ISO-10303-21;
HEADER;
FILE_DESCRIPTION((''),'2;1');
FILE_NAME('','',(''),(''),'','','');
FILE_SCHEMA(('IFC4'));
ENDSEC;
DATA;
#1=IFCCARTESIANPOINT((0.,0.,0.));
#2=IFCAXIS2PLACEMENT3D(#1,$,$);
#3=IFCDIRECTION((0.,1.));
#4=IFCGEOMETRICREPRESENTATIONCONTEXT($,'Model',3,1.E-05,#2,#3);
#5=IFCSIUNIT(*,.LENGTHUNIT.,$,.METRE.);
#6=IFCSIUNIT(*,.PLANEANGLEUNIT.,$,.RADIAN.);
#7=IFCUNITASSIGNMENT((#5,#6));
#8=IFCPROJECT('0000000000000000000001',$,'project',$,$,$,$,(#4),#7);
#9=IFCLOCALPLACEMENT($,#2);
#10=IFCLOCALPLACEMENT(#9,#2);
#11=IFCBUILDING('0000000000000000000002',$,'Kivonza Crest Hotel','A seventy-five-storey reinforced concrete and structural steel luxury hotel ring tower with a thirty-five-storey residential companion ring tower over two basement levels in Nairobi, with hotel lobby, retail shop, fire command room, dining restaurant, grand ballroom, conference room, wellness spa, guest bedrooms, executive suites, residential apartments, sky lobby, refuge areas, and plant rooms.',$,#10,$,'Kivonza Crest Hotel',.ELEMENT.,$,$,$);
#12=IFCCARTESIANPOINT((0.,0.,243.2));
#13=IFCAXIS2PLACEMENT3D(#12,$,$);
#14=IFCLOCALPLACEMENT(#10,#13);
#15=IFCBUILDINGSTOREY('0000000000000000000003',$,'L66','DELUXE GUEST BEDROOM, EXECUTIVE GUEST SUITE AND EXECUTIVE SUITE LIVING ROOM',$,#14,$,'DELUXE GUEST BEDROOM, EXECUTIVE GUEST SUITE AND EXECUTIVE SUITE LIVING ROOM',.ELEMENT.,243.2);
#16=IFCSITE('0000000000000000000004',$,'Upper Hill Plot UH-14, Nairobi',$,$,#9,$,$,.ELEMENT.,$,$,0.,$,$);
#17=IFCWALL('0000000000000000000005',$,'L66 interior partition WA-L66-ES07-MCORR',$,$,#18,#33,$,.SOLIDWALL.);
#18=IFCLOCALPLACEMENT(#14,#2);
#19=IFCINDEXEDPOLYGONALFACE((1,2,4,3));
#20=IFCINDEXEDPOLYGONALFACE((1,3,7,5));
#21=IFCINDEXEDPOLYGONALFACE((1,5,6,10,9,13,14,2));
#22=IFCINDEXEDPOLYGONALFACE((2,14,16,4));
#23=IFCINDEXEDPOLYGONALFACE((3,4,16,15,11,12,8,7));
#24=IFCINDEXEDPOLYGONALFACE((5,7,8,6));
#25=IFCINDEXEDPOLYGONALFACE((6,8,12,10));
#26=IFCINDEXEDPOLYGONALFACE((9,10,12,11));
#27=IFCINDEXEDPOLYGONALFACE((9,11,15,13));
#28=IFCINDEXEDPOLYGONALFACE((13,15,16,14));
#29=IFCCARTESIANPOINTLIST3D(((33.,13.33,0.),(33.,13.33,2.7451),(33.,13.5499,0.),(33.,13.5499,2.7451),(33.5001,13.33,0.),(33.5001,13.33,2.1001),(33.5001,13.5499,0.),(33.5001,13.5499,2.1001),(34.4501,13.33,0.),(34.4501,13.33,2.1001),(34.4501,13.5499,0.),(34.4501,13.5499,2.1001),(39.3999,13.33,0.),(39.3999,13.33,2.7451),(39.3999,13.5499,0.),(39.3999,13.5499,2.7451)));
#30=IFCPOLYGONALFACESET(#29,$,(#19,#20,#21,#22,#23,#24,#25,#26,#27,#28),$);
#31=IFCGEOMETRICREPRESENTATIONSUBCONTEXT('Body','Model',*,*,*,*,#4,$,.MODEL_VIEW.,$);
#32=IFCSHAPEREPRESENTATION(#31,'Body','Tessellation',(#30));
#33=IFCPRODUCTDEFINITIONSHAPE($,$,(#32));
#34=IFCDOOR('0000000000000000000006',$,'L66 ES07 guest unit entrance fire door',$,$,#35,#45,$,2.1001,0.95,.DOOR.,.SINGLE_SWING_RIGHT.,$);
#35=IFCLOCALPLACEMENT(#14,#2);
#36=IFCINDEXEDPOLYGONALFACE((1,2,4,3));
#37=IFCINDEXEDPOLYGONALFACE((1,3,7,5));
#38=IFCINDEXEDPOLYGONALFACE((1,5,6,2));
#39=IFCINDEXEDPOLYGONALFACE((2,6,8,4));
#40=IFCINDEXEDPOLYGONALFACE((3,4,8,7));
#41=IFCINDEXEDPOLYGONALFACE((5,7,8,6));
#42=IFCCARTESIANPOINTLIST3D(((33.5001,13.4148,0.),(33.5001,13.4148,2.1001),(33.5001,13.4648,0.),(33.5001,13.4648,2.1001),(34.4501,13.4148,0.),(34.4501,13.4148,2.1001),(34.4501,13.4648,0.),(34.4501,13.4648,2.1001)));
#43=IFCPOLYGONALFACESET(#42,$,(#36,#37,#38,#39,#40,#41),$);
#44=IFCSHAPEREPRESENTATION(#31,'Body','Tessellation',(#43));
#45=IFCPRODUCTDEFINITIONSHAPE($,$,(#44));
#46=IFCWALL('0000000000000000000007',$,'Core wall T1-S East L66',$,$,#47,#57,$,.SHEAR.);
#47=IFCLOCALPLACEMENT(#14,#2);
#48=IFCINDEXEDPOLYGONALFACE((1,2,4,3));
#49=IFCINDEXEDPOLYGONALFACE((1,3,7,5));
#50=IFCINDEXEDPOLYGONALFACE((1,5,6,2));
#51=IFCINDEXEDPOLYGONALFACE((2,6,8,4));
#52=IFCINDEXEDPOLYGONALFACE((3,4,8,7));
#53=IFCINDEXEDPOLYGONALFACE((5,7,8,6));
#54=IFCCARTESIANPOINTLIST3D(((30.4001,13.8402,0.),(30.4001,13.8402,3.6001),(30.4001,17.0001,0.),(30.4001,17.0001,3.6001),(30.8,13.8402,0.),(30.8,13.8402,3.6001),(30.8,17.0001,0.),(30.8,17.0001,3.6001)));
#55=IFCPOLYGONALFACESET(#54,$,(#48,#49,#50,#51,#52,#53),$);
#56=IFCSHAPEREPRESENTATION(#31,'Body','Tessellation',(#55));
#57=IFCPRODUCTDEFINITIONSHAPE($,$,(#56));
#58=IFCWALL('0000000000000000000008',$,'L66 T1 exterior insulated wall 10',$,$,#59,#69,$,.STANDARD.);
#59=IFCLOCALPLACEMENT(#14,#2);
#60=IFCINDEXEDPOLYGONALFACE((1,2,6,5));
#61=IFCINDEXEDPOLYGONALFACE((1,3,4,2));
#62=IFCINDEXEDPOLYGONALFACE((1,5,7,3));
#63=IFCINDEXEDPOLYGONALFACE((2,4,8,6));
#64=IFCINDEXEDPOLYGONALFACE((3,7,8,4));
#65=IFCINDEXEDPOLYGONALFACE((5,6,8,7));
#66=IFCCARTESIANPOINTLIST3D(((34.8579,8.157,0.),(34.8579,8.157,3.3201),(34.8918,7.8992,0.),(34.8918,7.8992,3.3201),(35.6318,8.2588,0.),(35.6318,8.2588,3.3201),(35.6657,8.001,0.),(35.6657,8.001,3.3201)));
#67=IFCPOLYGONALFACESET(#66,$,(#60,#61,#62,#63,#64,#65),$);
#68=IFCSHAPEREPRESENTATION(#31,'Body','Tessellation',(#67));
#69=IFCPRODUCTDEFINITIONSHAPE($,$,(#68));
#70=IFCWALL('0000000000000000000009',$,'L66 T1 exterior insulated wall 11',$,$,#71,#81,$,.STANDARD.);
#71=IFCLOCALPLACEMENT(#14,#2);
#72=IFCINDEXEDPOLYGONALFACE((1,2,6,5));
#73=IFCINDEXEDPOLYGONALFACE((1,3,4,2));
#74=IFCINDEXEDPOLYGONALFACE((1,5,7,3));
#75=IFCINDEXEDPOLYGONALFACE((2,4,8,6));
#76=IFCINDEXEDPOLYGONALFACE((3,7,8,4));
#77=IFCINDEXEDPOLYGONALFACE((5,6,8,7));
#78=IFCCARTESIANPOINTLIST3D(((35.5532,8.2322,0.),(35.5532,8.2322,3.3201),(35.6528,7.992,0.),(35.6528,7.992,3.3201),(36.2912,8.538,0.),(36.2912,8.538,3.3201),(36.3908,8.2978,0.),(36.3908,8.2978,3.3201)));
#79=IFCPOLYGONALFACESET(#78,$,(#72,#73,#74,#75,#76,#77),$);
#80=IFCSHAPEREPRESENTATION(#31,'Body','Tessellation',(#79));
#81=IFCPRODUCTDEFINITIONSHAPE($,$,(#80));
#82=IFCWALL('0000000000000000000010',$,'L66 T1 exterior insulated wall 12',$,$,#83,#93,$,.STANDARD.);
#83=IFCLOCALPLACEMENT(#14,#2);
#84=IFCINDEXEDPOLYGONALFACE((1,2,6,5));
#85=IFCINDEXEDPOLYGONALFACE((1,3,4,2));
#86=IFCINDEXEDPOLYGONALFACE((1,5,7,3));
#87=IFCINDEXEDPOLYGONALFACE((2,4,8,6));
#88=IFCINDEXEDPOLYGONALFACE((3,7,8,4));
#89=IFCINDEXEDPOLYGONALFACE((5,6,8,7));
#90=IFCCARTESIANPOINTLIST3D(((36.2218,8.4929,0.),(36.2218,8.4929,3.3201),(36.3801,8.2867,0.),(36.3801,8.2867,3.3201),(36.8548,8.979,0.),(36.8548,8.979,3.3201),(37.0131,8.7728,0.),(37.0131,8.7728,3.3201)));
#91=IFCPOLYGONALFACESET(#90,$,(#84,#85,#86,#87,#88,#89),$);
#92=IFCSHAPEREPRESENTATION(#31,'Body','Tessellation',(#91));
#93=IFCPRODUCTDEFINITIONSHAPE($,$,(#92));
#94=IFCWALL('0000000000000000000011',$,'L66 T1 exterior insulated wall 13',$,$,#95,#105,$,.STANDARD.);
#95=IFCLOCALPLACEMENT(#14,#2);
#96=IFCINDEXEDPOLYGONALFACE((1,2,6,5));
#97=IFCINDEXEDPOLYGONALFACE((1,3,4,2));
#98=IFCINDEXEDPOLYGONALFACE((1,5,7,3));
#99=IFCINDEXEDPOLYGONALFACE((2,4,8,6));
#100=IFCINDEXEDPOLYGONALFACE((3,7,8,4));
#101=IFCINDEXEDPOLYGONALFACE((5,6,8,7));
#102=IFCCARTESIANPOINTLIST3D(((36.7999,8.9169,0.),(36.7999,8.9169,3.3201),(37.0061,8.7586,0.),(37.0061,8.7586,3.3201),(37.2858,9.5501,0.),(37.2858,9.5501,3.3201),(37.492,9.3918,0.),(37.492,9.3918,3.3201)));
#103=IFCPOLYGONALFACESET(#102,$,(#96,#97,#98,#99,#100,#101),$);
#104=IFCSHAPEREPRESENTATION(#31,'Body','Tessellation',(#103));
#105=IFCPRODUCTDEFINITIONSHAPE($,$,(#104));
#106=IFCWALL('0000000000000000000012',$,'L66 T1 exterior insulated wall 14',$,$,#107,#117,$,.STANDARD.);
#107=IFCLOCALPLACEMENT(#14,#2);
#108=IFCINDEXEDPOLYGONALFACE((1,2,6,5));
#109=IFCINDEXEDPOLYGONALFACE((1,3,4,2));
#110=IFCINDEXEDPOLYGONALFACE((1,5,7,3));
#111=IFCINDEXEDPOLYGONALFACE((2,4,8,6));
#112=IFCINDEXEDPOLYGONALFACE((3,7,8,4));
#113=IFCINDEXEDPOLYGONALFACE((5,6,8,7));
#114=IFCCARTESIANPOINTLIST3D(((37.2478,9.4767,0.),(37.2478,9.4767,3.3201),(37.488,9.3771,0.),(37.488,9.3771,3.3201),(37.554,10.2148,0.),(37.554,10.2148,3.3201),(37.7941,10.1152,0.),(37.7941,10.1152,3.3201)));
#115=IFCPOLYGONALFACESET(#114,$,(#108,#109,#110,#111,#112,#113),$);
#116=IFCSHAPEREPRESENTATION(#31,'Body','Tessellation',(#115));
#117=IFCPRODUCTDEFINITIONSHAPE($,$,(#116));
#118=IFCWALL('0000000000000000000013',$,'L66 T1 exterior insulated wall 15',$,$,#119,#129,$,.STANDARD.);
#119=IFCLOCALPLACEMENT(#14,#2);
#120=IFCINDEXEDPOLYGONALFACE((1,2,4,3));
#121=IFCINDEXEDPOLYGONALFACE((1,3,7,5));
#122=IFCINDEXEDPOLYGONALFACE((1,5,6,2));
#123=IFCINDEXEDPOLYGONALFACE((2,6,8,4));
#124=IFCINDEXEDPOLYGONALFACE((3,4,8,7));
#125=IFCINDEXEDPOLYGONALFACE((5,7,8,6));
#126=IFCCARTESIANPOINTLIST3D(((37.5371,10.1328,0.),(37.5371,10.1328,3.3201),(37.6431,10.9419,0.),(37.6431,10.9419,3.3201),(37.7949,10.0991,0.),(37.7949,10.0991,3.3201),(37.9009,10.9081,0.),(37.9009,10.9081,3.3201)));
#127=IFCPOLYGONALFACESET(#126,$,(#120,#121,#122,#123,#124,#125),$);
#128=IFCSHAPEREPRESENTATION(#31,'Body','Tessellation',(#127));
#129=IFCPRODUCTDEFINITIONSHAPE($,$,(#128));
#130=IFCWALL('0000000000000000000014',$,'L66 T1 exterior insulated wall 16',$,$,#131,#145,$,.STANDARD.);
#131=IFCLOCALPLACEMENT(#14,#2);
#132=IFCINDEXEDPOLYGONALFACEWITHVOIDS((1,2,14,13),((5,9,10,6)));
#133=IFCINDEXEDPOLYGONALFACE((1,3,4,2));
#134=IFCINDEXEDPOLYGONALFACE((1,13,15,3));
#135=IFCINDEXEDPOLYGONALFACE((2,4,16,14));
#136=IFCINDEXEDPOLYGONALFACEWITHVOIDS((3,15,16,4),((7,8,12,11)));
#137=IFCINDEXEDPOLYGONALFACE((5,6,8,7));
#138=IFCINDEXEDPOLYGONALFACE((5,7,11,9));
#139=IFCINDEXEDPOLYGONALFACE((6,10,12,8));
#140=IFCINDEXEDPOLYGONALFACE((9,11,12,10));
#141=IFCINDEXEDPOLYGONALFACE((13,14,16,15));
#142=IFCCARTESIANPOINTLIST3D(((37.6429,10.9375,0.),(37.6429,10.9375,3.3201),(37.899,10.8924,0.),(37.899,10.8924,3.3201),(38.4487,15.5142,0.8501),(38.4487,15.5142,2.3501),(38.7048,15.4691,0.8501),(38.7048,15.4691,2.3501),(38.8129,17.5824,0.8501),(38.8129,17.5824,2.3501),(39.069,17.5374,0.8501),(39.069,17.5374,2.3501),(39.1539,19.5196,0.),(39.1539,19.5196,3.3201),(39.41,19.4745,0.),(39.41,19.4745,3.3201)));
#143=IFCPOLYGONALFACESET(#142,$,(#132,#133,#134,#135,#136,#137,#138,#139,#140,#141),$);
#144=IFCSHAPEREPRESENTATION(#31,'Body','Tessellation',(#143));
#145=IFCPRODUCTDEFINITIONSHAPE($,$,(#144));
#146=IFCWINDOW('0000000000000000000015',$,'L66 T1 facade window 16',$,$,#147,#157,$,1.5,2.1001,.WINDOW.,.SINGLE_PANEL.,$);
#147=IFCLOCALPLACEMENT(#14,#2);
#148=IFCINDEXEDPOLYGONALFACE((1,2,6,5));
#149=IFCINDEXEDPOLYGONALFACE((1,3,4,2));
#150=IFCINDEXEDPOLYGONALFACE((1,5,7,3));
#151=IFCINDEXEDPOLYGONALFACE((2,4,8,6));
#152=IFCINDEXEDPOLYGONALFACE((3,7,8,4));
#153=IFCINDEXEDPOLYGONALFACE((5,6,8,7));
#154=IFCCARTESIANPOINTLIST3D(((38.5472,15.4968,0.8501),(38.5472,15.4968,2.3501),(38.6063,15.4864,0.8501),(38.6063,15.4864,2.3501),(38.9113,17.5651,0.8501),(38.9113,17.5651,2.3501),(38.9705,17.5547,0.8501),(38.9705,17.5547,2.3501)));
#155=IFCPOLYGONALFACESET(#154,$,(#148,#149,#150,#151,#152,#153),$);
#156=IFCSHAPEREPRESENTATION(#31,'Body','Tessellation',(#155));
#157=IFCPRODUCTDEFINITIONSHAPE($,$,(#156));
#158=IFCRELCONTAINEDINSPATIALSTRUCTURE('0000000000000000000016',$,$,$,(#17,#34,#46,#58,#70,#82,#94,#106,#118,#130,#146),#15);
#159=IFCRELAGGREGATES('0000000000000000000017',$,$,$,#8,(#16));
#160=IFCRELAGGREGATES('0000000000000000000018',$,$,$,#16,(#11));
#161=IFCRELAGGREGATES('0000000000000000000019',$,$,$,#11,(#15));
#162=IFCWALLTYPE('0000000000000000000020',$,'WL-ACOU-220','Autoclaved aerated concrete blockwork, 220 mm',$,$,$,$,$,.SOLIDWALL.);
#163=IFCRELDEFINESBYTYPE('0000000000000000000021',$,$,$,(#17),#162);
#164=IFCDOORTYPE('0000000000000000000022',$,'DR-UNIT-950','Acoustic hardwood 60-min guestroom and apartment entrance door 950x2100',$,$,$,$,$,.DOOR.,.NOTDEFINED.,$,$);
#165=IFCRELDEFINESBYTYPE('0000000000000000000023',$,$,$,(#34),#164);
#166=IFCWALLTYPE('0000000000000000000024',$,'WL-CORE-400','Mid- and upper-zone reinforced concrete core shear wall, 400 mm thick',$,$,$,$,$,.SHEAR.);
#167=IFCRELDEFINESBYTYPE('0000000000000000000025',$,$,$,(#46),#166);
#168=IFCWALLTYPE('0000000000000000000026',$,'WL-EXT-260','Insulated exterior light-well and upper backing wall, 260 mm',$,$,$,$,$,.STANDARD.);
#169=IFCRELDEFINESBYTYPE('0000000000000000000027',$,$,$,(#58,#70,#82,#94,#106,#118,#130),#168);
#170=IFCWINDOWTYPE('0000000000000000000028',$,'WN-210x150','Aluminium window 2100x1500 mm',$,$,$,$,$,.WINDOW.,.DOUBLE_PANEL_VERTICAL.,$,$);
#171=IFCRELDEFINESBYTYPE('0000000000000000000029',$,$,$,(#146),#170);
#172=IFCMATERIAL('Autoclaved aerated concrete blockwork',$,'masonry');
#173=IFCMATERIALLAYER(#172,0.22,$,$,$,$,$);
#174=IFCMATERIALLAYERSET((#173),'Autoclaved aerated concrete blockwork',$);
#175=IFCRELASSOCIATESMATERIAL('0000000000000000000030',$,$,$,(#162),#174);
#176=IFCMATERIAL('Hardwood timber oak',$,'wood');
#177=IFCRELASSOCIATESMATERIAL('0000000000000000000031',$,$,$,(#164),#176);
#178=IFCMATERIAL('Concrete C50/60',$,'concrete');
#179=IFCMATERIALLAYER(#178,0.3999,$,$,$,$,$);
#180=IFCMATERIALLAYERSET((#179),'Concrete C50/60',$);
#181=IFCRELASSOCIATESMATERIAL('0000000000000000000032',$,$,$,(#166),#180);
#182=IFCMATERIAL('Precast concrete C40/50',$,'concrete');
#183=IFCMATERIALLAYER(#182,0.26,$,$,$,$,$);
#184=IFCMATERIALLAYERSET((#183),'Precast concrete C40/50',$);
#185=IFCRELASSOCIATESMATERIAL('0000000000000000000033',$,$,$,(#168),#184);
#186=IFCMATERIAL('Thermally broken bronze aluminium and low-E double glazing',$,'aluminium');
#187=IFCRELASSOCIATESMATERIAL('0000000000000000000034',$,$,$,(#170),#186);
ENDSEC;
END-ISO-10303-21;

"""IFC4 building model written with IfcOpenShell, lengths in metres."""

from ifc_helpers import new_model, si_unit, direction, frame, frame_2d, origin, place, context, subcontext, project, spatial, rectangle, extrude, material, layer, layer_set, type_object, element, fill, save


model = new_model("IFC4")

# Units and contexts
model_context = context("Model", 3, precision=1e-05, world=origin(), true_north=direction((0.0, 1.0)))
body_context = subcontext(model_context, "Body", "Model", "MODEL_VIEW")
ifc_project = project(units=[si_unit("LENGTHUNIT", "METRE"), si_unit("PLANEANGLEUNIT", "RADIAN")], contexts=[model_context])

# Site, building, storey
site_placement = place(None, origin())
site = spatial("IfcSite", under=ifc_project, at=site_placement, Name="Upper Hill Plot UH-14, Nairobi", CompositionType="ELEMENT", RefElevation=0.0)
building_placement = place(site_placement, origin())
building = spatial("IfcBuilding", under=site, at=building_placement, Name="Kivonza Crest Hotel", Description="A seventy-five-storey reinforced concrete and structural steel luxury hotel ring tower with a thirty-five-storey residential companion ring tower over two basement levels in Nairobi, with hotel lobby, retail shop, fire command room, dining restaurant, grand ballroom, conference room, wellness spa, guest bedrooms, executive suites, residential apartments, sky lobby, refuge areas, and plant rooms.", LongName="Kivonza Crest Hotel", CompositionType="ELEMENT")
storey_placement = place(building_placement, frame((0.0, 0.0, 243.2)))
storey = spatial("IfcBuildingStorey", under=building, at=storey_placement, Name="L66", Description="DELUXE GUEST BEDROOM, EXECUTIVE GUEST SUITE AND EXECUTIVE SUITE LIVING ROOM", LongName="DELUXE GUEST BEDROOM, EXECUTIVE GUEST SUITE AND EXECUTIVE SUITE LIVING ROOM", CompositionType="ELEMENT", Elevation=243.2)

# Shared definitions
ifc_material_1 = material(Name="Concrete C50/60", Category="concrete")

# Shared definitions
ifc_material_2 = material(Name="Autoclaved aerated concrete blockwork", Category="masonry")
ifc_layer_1 = layer(ifc_material_2, 0.22)
ifc_layer_set_1 = layer_set([ifc_layer_1], Name="Autoclaved aerated concrete blockwork")
wall_type_1 = type_object("IfcWallType", Name="WL-ACOU-220", Description="Autoclaved aerated concrete blockwork, 220 mm", PredefinedType="SOLIDWALL", material=ifc_layer_set_1)

# Wall, opening, door
wall_1_placement = place(storey_placement, frame((33.0, 13.4399, 0.0), z_axis=(0.0, 0.0, 1.0), x_axis=(1.0, 0.0, 0.0)))
wall_1 = element("IfcWall", 1, at=wall_1_placement, inside=storey, type_object=wall_type_1, Name="L66 interior partition WA-L66-ES07-MCORR", PredefinedType="SOLIDWALL", context=body_context, shape_type="SweptSolid", body=[
    extrude(rectangle(XDim=6.3999, YDim=0.22, at=frame_2d((3.2, 0.0))), origin(), (0.0, 0.0, 1.0), 2.7451),
])
opening_1_placement = place(wall_1_placement, frame((0.5, 0.0, 0.0)))
opening_1 = element("IfcOpeningElement", 2, at=opening_1_placement, cuts=wall_1, PredefinedType="OPENING", context=body_context, shape_type="SweptSolid", body=[
    extrude(rectangle(XDim=0.95, YDim=2.1001, at=frame_2d((0.4751, 1.05))), frame((0.0, 0.1201, 0.0), z_axis=(0.0, -1.0, 0.0), x_axis=(1.0, 0.0, 0.0)), (0.0, 0.0, 1.0), 0.24),
])
ifc_material_3 = material(Name="Hardwood timber oak", Category="wood")
door_type_1 = type_object("IfcDoorType", Name="DR-UNIT-950", Description="Acoustic hardwood 60-min guestroom and apartment entrance door 950x2100", OperationType="NOTDEFINED", PredefinedType="DOOR", material=ifc_material_3)
door_1_placement = place(opening_1_placement, origin())
door_1 = element("IfcDoor", 3, at=door_1_placement, inside=storey, type_object=door_type_1, Name="L66 ES07 guest unit entrance fire door", OperationType="SINGLE_SWING_RIGHT", OverallHeight=2.1001, OverallWidth=0.95, PredefinedType="DOOR", context=body_context, shape_type="SweptSolid", body=[
    extrude(rectangle(XDim=0.95, YDim=2.1001, at=frame_2d((0.4751, 1.05))), frame((0.0, 0.0249, 0.0), z_axis=(0.0, -1.0, 0.0), x_axis=(1.0, 0.0, 0.0)), (0.0, 0.0, 1.0), 0.05),
])
fill(opening_1, door_1)

# Walls
ifc_layer_2 = layer(ifc_material_1, 0.3999)
ifc_layer_set_2 = layer_set([ifc_layer_2], Name="Concrete C50/60")
wall_type_2 = type_object("IfcWallType", Name="WL-CORE-400", Description="Mid- and upper-zone reinforced concrete core shear wall, 400 mm thick", PredefinedType="SHEAR", material=ifc_layer_set_2)
wall_2_placement = place(storey_placement, frame((30.6001, 13.8401, 0.0), z_axis=(0.0, 0.0, 1.0), x_axis=(0.0, 1.0, 0.0)))
element("IfcWall", 4, at=wall_2_placement, inside=storey, type_object=wall_type_2, Name="Core wall T1-S East L66", PredefinedType="SHEAR", context=body_context, shape_type="SweptSolid", body=[
    extrude(rectangle(XDim=3.1599, YDim=0.3999, at=frame_2d((1.5801, 0.0))), origin(), (0.0, 0.0, 1.0), 3.6001),
])
ifc_material_4 = material(Name="Precast concrete C40/50", Category="concrete")
ifc_layer_3 = layer(ifc_material_4, 0.26)
ifc_layer_set_3 = layer_set([ifc_layer_3], Name="Precast concrete C40/50")
wall_type_3 = type_object("IfcWallType", Name="WL-EXT-260", Description="Insulated exterior light-well and upper backing wall, 260 mm", PredefinedType="STANDARD", material=ifc_layer_set_3)
wall_3_placement = place(storey_placement, frame((34.875, 8.0281, 0.0), z_axis=(0.0, 0.0, 1.0), x_axis=(0.991459, 0.130422, 0.0)))
element("IfcWall", 5, at=wall_3_placement, inside=storey, type_object=wall_type_3, Name="L66 T1 exterior insulated wall 10", PredefinedType="STANDARD", context=body_context, shape_type="SweptSolid", body=[
    extrude(rectangle(XDim=0.7805, YDim=0.26, at=frame_2d((0.3901, 0.0))), origin(), (0.0, 0.0, 1.0), 3.3201),
])
wall_4_placement = place(storey_placement, frame((35.603, 8.1121, 0.0), z_axis=(0.0, 0.0, 1.0), x_axis=(0.92379, 0.382901, 0.0)))
element("IfcWall", 6, at=wall_4_placement, inside=storey, type_object=wall_type_3, Name="L66 T1 exterior insulated wall 11", PredefinedType="STANDARD", context=body_context, shape_type="SweptSolid", body=[
    extrude(rectangle(XDim=0.7988, YDim=0.26, at=frame_2d((0.3994, 0.0))), origin(), (0.0, 0.0, 1.0), 3.3201),
])
for number, where, z_axis, x_axis, name in (
    (7, (36.301, 8.3899, 0.0), (0.0, 0.0, 1.0), (0.793158, 0.609016, 0.0), "L66 T1 exterior insulated wall 12"),
    (8, (36.9031, 8.8379, 0.0), (0.0, 0.0, 1.0), (0.608823, 0.793306, 0.0), "L66 T1 exterior insulated wall 13"),
):
    element("IfcWall", number, at=place(storey_placement, frame(where, z_axis=z_axis, x_axis=x_axis)), inside=storey, type_object=wall_type_3, Name=name, PredefinedType="STANDARD", context=body_context, shape_type="SweptSolid", body=[
        extrude(rectangle(XDim=0.7981, YDim=0.26, at=frame_2d((0.3989, 0.0))), origin(), (0.0, 0.0, 1.0), 3.3201),
    ])
wall_5_placement = place(storey_placement, frame((37.3679, 9.427, 0.0), z_axis=(0.0, 0.0, 1.0), x_axis=(0.383161, 0.923681, 0.0)))
element("IfcWall", 9, at=wall_5_placement, inside=storey, type_object=wall_type_3, Name="L66 T1 exterior insulated wall 14", PredefinedType="STANDARD", context=body_context, shape_type="SweptSolid", body=[
    extrude(rectangle(XDim=0.7991, YDim=0.26, at=frame_2d((0.3994, 0.0))), origin(), (0.0, 0.0, 1.0), 3.3201),
])
wall_6_placement = place(storey_placement, frame((37.666, 10.116, 0.0), z_axis=(0.0, 0.0, 1.0), x_axis=(0.129851, 0.991534, 0.0)))
element("IfcWall", 10, at=wall_6_placement, inside=storey, type_object=wall_type_3, Name="L66 T1 exterior insulated wall 15", PredefinedType="STANDARD", context=body_context, shape_type="SweptSolid", body=[
    extrude(rectangle(XDim=0.8159, YDim=0.26, at=frame_2d((0.408, 0.0))), origin(), (0.0, 0.0, 1.0), 3.3201),
])

# Wall, opening, window
wall_7_placement = place(storey_placement, frame((37.771, 10.915, 0.0), z_axis=(0.0, 0.0, 1.0), x_axis=(0.173397, 0.984852, 0.0)))
wall_7 = element("IfcWall", 11, at=wall_7_placement, inside=storey, type_object=wall_type_3, Name="L66 T1 exterior insulated wall 16", PredefinedType="STANDARD", context=body_context, shape_type="SweptSolid", body=[
    extrude(rectangle(XDim=8.7141, YDim=0.26, at=frame_2d((4.3569, 0.0))), origin(), (0.0, 0.0, 1.0), 3.3201),
])
opening_2_placement = place(wall_7_placement, frame((4.647, 0.0, 0.8501)))
opening_2 = element("IfcOpeningElement", 12, at=opening_2_placement, cuts=wall_7, PredefinedType="OPENING", context=body_context, shape_type="SweptSolid", body=[
    extrude(rectangle(XDim=2.1001, YDim=1.5, at=frame_2d((1.05, 0.75))), frame((0.0, 0.1401, 0.0), z_axis=(0.0, -1.0, 0.0), x_axis=(1.0, 0.0, 0.0)), (0.0, 0.0, 1.0), 0.28),
])
ifc_material_5 = material(Name="Thermally broken bronze aluminium and low-E double glazing", Category="aluminium")
window_type = type_object("IfcWindowType", Name="WN-210x150", Description="Aluminium window 2100x1500 mm", PartitioningType="DOUBLE_PANEL_VERTICAL", PredefinedType="WINDOW", material=ifc_material_5)
window_placement = place(opening_2_placement, origin())
window = element("IfcWindow", 13, at=window_placement, inside=storey, type_object=window_type, Name="L66 T1 facade window 16", OverallHeight=1.5, OverallWidth=2.1001, PartitioningType="SINGLE_PANEL", PredefinedType="WINDOW", context=body_context, shape_type="SweptSolid", body=[
    extrude(rectangle(XDim=2.1001, YDim=1.5, at=frame_2d((1.05, 0.75))), frame((0.0, 0.03, 0.0), z_axis=(0.0, -1.0, 0.0), x_axis=(1.0, 0.0, 0.0)), (0.0, 0.0, 1.0), 0.0601),
])
fill(opening_2, window)

save(model, "model.ifc")
